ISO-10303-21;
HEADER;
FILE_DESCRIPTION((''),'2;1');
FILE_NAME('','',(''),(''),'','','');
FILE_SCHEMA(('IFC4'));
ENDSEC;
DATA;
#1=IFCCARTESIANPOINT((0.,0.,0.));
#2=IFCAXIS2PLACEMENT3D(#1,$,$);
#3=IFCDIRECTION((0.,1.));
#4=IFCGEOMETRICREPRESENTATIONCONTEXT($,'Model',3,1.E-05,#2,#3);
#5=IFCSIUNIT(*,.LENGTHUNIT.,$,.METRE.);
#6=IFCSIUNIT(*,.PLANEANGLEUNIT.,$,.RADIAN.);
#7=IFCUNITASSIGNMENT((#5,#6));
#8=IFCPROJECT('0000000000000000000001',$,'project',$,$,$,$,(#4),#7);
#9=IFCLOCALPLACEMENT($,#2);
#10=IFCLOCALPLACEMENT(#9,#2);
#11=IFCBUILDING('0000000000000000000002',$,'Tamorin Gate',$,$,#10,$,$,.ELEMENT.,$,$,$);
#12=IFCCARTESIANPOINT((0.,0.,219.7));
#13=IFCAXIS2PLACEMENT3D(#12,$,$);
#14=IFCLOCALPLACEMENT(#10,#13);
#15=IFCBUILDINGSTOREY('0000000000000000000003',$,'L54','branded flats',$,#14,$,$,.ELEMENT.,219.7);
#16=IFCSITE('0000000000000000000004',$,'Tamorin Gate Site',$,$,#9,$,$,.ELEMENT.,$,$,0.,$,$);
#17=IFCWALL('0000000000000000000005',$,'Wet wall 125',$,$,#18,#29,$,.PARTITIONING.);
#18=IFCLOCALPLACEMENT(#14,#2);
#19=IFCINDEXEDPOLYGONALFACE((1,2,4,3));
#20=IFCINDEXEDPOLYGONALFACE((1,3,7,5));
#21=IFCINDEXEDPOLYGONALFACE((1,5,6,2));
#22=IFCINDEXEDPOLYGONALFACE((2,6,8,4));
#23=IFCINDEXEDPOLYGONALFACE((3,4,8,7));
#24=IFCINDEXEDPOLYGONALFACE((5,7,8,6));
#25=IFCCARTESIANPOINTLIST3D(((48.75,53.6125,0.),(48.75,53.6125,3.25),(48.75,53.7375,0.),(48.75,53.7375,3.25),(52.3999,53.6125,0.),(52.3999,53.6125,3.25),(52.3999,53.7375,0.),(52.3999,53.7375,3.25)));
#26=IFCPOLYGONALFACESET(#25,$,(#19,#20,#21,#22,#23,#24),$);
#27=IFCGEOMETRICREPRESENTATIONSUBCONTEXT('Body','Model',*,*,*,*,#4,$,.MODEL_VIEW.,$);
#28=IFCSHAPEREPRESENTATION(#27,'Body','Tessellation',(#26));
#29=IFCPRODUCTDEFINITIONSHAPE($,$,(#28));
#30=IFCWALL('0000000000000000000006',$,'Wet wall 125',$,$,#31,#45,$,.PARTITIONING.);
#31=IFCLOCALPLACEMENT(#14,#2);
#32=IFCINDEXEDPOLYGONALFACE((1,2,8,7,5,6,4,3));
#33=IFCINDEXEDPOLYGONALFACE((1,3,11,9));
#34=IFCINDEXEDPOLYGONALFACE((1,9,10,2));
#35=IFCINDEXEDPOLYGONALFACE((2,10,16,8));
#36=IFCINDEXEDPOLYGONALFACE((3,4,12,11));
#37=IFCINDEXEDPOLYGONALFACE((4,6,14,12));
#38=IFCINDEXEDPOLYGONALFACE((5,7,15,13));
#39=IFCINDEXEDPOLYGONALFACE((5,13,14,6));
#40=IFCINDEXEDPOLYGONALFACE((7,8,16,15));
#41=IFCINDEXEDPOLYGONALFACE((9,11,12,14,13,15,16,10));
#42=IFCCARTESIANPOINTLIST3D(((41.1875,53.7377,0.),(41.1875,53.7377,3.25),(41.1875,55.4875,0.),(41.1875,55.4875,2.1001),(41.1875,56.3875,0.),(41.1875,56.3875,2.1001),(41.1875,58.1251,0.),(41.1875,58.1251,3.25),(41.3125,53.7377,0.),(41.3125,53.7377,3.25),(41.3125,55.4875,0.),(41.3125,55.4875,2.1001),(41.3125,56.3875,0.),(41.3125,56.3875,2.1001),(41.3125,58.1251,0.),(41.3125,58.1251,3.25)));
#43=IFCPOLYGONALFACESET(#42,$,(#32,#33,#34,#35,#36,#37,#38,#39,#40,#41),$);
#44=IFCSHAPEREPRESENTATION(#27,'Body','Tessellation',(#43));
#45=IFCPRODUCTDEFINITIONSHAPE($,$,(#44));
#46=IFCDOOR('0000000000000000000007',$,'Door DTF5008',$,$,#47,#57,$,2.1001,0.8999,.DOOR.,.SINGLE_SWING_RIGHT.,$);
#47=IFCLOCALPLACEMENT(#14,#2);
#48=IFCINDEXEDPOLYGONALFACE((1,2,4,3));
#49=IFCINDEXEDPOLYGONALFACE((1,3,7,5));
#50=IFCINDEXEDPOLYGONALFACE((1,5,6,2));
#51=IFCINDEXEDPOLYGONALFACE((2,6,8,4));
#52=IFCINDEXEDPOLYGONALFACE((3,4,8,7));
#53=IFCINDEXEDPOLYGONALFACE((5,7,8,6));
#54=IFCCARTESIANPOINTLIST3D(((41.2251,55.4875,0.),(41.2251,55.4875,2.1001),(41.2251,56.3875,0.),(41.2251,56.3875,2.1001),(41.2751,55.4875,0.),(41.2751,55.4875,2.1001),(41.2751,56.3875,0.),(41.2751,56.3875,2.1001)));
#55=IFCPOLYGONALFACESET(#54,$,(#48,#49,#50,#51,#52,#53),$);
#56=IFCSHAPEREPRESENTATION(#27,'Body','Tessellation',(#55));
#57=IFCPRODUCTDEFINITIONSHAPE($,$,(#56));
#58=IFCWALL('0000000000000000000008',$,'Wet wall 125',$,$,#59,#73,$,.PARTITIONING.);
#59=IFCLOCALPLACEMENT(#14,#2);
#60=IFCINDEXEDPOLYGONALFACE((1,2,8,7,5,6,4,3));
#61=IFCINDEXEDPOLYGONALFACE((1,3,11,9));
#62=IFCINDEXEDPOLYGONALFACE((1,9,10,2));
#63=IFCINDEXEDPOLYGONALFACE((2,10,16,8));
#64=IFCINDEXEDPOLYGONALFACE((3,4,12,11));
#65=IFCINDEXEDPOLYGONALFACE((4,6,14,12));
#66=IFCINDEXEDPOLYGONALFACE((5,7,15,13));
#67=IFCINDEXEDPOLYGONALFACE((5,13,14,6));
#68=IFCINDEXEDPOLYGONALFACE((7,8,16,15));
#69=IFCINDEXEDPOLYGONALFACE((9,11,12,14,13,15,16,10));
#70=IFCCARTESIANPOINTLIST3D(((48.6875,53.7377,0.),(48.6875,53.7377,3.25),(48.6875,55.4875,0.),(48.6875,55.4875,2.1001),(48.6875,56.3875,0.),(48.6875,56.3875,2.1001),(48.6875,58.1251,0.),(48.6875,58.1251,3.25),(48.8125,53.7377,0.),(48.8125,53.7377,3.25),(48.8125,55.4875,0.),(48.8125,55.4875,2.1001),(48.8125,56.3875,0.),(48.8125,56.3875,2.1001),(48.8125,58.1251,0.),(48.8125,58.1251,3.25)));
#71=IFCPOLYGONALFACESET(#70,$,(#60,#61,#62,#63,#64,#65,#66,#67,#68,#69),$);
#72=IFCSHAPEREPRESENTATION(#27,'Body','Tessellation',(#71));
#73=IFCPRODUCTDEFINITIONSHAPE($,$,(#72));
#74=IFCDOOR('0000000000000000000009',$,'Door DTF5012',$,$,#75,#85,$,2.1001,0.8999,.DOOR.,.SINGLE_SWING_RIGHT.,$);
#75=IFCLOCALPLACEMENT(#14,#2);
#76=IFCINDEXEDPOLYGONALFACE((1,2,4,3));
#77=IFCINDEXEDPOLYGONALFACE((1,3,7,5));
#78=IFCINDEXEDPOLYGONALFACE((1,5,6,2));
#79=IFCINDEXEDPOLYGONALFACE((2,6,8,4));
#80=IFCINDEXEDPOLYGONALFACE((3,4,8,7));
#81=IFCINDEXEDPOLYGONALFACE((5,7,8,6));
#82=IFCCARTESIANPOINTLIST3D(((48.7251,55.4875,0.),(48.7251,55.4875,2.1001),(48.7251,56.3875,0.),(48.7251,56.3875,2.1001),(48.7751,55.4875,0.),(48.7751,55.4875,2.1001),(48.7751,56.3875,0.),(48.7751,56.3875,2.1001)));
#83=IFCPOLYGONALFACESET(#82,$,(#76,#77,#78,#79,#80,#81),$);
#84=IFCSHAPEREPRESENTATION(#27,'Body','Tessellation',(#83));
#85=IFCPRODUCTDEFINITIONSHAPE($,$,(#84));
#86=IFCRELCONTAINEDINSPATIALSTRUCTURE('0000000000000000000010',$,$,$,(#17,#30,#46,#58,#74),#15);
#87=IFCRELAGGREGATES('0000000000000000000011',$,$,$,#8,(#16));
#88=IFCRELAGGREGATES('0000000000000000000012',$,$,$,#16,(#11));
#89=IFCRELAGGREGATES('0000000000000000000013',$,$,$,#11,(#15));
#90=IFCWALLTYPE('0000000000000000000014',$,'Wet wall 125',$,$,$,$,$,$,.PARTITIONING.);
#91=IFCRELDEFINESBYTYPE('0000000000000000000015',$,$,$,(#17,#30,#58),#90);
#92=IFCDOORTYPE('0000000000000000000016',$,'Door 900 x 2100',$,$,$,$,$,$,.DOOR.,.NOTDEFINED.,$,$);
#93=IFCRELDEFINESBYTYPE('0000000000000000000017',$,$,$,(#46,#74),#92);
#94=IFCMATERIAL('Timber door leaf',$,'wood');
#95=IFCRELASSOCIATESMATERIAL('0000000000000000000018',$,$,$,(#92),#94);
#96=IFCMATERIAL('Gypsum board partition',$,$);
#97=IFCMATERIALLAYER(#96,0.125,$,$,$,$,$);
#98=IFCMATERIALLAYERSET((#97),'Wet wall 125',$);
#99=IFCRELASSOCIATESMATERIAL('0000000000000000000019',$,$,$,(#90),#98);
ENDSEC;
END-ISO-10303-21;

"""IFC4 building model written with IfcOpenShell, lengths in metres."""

from ifc_helpers import new_model, si_unit, direction, frame, frame_2d, origin, place, context, subcontext, project, spatial, rectangle, extrude, material, layer, layer_set, type_object, element, fill, save


model = new_model("IFC4")

# Units and contexts
model_context = context("Model", 3, precision=1e-05, world=origin(), true_north=direction((0.0, 1.0)))
body_context = subcontext(model_context, "Body", "Model", "MODEL_VIEW")
ifc_project = project(units=[si_unit("LENGTHUNIT", "METRE"), si_unit("PLANEANGLEUNIT", "RADIAN")], contexts=[model_context])

# Site, building, storey
site_placement = place(None, origin())
site = spatial("IfcSite", under=ifc_project, at=site_placement, Name="Tamorin Gate Site", CompositionType="ELEMENT", RefElevation=0.0)
building_placement = place(site_placement, origin())
building = spatial("IfcBuilding", under=site, at=building_placement, Name="Tamorin Gate", CompositionType="ELEMENT")
storey_placement = place(building_placement, frame((0.0, 0.0, 219.7)))
storey = spatial("IfcBuildingStorey", under=building, at=storey_placement, Name="L54", Description="branded flats", CompositionType="ELEMENT", Elevation=219.7)

# Shared definitions
ifc_material_1 = material(Name="Gypsum board partition")

# Shared definitions
ifc_material_2 = material(Name="Timber door leaf", Category="wood")
door_type = type_object("IfcDoorType", Name="Door 900 x 2100", OperationType="NOTDEFINED", PredefinedType="DOOR", material=ifc_material_2)

# Wall
ifc_layer_1 = layer(ifc_material_1, 0.125)
ifc_layer_set_1 = layer_set([ifc_layer_1], Name="Wet wall 125")
wall_type_1 = type_object("IfcWallType", Name="Wet wall 125", PredefinedType="PARTITIONING", material=ifc_layer_set_1)
for number, where, z_axis, x_axis, name in (
    (1, (48.75, 53.675, 0.0), (0.0, 0.0, 1.0), (1.0, 0.0, 0.0), "Wet wall 125"),
):
    element("IfcWall", number, at=place(storey_placement, frame(where, z_axis=z_axis, x_axis=x_axis)), inside=storey, type_object=wall_type_1, Name=name, PredefinedType="PARTITIONING", context=body_context, shape_type="SweptSolid", body=[
        extrude(rectangle(XDim=3.6499, YDim=0.125, at=frame_2d((1.825, 0.0))), origin(), (0.0, 0.0, 1.0), 3.25),
    ])

# Walls, openings, doors
wall_1_placement = place(storey_placement, frame((41.25, 53.7375, 0.0), z_axis=(0.0, 0.0, 1.0), x_axis=(0.0, 1.0, 0.0)))
wall_1 = element("IfcWall", 2, at=wall_1_placement, inside=storey, type_object=wall_type_1, Name="Wet wall 125", PredefinedType="PARTITIONING", context=body_context, shape_type="SweptSolid", body=[
    extrude(rectangle(XDim=4.3875, YDim=0.125, at=frame_2d((2.1938, 0.0))), origin(), (0.0, 0.0, 1.0), 3.25),
])
opening_1_placement = place(wall_1_placement, frame((1.75, 0.0, 0.0)))
opening_1 = element("IfcOpeningElement", 3, at=opening_1_placement, cuts=wall_1, PredefinedType="OPENING", context=body_context, shape_type="SweptSolid", body=[
    extrude(rectangle(XDim=0.8999, YDim=2.1001, at=frame_2d((0.45, 1.05))), frame((0.0, 0.0725, 0.0), z_axis=(0.0, -1.0, 0.0), x_axis=(1.0, 0.0, 0.0)), (0.0, 0.0, 1.0), 0.145),
])
door_1_placement = place(opening_1_placement, origin())
door_1 = element("IfcDoor", 4, at=door_1_placement, inside=storey, type_object=door_type, Name="Door DTF5008", OperationType="SINGLE_SWING_RIGHT", OverallHeight=2.1001, OverallWidth=0.8999, PredefinedType="DOOR", context=body_context, shape_type="SweptSolid", body=[
    extrude(rectangle(XDim=0.8999, YDim=2.1001, at=frame_2d((0.45, 1.05))), frame((0.0, 0.0249, 0.0), z_axis=(0.0, -1.0, 0.0), x_axis=(1.0, 0.0, 0.0)), (0.0, 0.0, 1.0), 0.05),
])
fill(opening_1, door_1)
wall_2_placement = place(storey_placement, frame((48.75, 53.7375, 0.0), z_axis=(0.0, 0.0, 1.0), x_axis=(0.0, 1.0, 0.0)))
wall_2 = element("IfcWall", 5, at=wall_2_placement, inside=storey, type_object=wall_type_1, Name="Wet wall 125", PredefinedType="PARTITIONING", context=body_context, shape_type="SweptSolid", body=[
    extrude(rectangle(XDim=4.3875, YDim=0.125, at=frame_2d((2.1938, 0.0))), origin(), (0.0, 0.0, 1.0), 3.25),
])
opening_2_placement = place(wall_2_placement, frame((1.75, 0.0, 0.0)))
opening_2 = element("IfcOpeningElement", 6, at=opening_2_placement, cuts=wall_2, PredefinedType="OPENING", context=body_context, shape_type="SweptSolid", body=[
    extrude(rectangle(XDim=0.8999, YDim=2.1001, at=frame_2d((0.45, 1.05))), frame((0.0, 0.0725, 0.0), z_axis=(0.0, -1.0, 0.0), x_axis=(1.0, 0.0, 0.0)), (0.0, 0.0, 1.0), 0.145),
])
door_2_placement = place(opening_2_placement, origin())
door_2 = element("IfcDoor", 7, at=door_2_placement, inside=storey, type_object=door_type, Name="Door DTF5012", OperationType="SINGLE_SWING_RIGHT", OverallHeight=2.1001, OverallWidth=0.8999, PredefinedType="DOOR", context=body_context, shape_type="SweptSolid", body=[
    extrude(rectangle(XDim=0.8999, YDim=2.1001, at=frame_2d((0.45, 1.05))), frame((0.0, 0.0249, 0.0), z_axis=(0.0, -1.0, 0.0), x_axis=(1.0, 0.0, 0.0)), (0.0, 0.0, 1.0), 0.05),
])
fill(opening_2, door_2)

save(model, "model.ifc")
